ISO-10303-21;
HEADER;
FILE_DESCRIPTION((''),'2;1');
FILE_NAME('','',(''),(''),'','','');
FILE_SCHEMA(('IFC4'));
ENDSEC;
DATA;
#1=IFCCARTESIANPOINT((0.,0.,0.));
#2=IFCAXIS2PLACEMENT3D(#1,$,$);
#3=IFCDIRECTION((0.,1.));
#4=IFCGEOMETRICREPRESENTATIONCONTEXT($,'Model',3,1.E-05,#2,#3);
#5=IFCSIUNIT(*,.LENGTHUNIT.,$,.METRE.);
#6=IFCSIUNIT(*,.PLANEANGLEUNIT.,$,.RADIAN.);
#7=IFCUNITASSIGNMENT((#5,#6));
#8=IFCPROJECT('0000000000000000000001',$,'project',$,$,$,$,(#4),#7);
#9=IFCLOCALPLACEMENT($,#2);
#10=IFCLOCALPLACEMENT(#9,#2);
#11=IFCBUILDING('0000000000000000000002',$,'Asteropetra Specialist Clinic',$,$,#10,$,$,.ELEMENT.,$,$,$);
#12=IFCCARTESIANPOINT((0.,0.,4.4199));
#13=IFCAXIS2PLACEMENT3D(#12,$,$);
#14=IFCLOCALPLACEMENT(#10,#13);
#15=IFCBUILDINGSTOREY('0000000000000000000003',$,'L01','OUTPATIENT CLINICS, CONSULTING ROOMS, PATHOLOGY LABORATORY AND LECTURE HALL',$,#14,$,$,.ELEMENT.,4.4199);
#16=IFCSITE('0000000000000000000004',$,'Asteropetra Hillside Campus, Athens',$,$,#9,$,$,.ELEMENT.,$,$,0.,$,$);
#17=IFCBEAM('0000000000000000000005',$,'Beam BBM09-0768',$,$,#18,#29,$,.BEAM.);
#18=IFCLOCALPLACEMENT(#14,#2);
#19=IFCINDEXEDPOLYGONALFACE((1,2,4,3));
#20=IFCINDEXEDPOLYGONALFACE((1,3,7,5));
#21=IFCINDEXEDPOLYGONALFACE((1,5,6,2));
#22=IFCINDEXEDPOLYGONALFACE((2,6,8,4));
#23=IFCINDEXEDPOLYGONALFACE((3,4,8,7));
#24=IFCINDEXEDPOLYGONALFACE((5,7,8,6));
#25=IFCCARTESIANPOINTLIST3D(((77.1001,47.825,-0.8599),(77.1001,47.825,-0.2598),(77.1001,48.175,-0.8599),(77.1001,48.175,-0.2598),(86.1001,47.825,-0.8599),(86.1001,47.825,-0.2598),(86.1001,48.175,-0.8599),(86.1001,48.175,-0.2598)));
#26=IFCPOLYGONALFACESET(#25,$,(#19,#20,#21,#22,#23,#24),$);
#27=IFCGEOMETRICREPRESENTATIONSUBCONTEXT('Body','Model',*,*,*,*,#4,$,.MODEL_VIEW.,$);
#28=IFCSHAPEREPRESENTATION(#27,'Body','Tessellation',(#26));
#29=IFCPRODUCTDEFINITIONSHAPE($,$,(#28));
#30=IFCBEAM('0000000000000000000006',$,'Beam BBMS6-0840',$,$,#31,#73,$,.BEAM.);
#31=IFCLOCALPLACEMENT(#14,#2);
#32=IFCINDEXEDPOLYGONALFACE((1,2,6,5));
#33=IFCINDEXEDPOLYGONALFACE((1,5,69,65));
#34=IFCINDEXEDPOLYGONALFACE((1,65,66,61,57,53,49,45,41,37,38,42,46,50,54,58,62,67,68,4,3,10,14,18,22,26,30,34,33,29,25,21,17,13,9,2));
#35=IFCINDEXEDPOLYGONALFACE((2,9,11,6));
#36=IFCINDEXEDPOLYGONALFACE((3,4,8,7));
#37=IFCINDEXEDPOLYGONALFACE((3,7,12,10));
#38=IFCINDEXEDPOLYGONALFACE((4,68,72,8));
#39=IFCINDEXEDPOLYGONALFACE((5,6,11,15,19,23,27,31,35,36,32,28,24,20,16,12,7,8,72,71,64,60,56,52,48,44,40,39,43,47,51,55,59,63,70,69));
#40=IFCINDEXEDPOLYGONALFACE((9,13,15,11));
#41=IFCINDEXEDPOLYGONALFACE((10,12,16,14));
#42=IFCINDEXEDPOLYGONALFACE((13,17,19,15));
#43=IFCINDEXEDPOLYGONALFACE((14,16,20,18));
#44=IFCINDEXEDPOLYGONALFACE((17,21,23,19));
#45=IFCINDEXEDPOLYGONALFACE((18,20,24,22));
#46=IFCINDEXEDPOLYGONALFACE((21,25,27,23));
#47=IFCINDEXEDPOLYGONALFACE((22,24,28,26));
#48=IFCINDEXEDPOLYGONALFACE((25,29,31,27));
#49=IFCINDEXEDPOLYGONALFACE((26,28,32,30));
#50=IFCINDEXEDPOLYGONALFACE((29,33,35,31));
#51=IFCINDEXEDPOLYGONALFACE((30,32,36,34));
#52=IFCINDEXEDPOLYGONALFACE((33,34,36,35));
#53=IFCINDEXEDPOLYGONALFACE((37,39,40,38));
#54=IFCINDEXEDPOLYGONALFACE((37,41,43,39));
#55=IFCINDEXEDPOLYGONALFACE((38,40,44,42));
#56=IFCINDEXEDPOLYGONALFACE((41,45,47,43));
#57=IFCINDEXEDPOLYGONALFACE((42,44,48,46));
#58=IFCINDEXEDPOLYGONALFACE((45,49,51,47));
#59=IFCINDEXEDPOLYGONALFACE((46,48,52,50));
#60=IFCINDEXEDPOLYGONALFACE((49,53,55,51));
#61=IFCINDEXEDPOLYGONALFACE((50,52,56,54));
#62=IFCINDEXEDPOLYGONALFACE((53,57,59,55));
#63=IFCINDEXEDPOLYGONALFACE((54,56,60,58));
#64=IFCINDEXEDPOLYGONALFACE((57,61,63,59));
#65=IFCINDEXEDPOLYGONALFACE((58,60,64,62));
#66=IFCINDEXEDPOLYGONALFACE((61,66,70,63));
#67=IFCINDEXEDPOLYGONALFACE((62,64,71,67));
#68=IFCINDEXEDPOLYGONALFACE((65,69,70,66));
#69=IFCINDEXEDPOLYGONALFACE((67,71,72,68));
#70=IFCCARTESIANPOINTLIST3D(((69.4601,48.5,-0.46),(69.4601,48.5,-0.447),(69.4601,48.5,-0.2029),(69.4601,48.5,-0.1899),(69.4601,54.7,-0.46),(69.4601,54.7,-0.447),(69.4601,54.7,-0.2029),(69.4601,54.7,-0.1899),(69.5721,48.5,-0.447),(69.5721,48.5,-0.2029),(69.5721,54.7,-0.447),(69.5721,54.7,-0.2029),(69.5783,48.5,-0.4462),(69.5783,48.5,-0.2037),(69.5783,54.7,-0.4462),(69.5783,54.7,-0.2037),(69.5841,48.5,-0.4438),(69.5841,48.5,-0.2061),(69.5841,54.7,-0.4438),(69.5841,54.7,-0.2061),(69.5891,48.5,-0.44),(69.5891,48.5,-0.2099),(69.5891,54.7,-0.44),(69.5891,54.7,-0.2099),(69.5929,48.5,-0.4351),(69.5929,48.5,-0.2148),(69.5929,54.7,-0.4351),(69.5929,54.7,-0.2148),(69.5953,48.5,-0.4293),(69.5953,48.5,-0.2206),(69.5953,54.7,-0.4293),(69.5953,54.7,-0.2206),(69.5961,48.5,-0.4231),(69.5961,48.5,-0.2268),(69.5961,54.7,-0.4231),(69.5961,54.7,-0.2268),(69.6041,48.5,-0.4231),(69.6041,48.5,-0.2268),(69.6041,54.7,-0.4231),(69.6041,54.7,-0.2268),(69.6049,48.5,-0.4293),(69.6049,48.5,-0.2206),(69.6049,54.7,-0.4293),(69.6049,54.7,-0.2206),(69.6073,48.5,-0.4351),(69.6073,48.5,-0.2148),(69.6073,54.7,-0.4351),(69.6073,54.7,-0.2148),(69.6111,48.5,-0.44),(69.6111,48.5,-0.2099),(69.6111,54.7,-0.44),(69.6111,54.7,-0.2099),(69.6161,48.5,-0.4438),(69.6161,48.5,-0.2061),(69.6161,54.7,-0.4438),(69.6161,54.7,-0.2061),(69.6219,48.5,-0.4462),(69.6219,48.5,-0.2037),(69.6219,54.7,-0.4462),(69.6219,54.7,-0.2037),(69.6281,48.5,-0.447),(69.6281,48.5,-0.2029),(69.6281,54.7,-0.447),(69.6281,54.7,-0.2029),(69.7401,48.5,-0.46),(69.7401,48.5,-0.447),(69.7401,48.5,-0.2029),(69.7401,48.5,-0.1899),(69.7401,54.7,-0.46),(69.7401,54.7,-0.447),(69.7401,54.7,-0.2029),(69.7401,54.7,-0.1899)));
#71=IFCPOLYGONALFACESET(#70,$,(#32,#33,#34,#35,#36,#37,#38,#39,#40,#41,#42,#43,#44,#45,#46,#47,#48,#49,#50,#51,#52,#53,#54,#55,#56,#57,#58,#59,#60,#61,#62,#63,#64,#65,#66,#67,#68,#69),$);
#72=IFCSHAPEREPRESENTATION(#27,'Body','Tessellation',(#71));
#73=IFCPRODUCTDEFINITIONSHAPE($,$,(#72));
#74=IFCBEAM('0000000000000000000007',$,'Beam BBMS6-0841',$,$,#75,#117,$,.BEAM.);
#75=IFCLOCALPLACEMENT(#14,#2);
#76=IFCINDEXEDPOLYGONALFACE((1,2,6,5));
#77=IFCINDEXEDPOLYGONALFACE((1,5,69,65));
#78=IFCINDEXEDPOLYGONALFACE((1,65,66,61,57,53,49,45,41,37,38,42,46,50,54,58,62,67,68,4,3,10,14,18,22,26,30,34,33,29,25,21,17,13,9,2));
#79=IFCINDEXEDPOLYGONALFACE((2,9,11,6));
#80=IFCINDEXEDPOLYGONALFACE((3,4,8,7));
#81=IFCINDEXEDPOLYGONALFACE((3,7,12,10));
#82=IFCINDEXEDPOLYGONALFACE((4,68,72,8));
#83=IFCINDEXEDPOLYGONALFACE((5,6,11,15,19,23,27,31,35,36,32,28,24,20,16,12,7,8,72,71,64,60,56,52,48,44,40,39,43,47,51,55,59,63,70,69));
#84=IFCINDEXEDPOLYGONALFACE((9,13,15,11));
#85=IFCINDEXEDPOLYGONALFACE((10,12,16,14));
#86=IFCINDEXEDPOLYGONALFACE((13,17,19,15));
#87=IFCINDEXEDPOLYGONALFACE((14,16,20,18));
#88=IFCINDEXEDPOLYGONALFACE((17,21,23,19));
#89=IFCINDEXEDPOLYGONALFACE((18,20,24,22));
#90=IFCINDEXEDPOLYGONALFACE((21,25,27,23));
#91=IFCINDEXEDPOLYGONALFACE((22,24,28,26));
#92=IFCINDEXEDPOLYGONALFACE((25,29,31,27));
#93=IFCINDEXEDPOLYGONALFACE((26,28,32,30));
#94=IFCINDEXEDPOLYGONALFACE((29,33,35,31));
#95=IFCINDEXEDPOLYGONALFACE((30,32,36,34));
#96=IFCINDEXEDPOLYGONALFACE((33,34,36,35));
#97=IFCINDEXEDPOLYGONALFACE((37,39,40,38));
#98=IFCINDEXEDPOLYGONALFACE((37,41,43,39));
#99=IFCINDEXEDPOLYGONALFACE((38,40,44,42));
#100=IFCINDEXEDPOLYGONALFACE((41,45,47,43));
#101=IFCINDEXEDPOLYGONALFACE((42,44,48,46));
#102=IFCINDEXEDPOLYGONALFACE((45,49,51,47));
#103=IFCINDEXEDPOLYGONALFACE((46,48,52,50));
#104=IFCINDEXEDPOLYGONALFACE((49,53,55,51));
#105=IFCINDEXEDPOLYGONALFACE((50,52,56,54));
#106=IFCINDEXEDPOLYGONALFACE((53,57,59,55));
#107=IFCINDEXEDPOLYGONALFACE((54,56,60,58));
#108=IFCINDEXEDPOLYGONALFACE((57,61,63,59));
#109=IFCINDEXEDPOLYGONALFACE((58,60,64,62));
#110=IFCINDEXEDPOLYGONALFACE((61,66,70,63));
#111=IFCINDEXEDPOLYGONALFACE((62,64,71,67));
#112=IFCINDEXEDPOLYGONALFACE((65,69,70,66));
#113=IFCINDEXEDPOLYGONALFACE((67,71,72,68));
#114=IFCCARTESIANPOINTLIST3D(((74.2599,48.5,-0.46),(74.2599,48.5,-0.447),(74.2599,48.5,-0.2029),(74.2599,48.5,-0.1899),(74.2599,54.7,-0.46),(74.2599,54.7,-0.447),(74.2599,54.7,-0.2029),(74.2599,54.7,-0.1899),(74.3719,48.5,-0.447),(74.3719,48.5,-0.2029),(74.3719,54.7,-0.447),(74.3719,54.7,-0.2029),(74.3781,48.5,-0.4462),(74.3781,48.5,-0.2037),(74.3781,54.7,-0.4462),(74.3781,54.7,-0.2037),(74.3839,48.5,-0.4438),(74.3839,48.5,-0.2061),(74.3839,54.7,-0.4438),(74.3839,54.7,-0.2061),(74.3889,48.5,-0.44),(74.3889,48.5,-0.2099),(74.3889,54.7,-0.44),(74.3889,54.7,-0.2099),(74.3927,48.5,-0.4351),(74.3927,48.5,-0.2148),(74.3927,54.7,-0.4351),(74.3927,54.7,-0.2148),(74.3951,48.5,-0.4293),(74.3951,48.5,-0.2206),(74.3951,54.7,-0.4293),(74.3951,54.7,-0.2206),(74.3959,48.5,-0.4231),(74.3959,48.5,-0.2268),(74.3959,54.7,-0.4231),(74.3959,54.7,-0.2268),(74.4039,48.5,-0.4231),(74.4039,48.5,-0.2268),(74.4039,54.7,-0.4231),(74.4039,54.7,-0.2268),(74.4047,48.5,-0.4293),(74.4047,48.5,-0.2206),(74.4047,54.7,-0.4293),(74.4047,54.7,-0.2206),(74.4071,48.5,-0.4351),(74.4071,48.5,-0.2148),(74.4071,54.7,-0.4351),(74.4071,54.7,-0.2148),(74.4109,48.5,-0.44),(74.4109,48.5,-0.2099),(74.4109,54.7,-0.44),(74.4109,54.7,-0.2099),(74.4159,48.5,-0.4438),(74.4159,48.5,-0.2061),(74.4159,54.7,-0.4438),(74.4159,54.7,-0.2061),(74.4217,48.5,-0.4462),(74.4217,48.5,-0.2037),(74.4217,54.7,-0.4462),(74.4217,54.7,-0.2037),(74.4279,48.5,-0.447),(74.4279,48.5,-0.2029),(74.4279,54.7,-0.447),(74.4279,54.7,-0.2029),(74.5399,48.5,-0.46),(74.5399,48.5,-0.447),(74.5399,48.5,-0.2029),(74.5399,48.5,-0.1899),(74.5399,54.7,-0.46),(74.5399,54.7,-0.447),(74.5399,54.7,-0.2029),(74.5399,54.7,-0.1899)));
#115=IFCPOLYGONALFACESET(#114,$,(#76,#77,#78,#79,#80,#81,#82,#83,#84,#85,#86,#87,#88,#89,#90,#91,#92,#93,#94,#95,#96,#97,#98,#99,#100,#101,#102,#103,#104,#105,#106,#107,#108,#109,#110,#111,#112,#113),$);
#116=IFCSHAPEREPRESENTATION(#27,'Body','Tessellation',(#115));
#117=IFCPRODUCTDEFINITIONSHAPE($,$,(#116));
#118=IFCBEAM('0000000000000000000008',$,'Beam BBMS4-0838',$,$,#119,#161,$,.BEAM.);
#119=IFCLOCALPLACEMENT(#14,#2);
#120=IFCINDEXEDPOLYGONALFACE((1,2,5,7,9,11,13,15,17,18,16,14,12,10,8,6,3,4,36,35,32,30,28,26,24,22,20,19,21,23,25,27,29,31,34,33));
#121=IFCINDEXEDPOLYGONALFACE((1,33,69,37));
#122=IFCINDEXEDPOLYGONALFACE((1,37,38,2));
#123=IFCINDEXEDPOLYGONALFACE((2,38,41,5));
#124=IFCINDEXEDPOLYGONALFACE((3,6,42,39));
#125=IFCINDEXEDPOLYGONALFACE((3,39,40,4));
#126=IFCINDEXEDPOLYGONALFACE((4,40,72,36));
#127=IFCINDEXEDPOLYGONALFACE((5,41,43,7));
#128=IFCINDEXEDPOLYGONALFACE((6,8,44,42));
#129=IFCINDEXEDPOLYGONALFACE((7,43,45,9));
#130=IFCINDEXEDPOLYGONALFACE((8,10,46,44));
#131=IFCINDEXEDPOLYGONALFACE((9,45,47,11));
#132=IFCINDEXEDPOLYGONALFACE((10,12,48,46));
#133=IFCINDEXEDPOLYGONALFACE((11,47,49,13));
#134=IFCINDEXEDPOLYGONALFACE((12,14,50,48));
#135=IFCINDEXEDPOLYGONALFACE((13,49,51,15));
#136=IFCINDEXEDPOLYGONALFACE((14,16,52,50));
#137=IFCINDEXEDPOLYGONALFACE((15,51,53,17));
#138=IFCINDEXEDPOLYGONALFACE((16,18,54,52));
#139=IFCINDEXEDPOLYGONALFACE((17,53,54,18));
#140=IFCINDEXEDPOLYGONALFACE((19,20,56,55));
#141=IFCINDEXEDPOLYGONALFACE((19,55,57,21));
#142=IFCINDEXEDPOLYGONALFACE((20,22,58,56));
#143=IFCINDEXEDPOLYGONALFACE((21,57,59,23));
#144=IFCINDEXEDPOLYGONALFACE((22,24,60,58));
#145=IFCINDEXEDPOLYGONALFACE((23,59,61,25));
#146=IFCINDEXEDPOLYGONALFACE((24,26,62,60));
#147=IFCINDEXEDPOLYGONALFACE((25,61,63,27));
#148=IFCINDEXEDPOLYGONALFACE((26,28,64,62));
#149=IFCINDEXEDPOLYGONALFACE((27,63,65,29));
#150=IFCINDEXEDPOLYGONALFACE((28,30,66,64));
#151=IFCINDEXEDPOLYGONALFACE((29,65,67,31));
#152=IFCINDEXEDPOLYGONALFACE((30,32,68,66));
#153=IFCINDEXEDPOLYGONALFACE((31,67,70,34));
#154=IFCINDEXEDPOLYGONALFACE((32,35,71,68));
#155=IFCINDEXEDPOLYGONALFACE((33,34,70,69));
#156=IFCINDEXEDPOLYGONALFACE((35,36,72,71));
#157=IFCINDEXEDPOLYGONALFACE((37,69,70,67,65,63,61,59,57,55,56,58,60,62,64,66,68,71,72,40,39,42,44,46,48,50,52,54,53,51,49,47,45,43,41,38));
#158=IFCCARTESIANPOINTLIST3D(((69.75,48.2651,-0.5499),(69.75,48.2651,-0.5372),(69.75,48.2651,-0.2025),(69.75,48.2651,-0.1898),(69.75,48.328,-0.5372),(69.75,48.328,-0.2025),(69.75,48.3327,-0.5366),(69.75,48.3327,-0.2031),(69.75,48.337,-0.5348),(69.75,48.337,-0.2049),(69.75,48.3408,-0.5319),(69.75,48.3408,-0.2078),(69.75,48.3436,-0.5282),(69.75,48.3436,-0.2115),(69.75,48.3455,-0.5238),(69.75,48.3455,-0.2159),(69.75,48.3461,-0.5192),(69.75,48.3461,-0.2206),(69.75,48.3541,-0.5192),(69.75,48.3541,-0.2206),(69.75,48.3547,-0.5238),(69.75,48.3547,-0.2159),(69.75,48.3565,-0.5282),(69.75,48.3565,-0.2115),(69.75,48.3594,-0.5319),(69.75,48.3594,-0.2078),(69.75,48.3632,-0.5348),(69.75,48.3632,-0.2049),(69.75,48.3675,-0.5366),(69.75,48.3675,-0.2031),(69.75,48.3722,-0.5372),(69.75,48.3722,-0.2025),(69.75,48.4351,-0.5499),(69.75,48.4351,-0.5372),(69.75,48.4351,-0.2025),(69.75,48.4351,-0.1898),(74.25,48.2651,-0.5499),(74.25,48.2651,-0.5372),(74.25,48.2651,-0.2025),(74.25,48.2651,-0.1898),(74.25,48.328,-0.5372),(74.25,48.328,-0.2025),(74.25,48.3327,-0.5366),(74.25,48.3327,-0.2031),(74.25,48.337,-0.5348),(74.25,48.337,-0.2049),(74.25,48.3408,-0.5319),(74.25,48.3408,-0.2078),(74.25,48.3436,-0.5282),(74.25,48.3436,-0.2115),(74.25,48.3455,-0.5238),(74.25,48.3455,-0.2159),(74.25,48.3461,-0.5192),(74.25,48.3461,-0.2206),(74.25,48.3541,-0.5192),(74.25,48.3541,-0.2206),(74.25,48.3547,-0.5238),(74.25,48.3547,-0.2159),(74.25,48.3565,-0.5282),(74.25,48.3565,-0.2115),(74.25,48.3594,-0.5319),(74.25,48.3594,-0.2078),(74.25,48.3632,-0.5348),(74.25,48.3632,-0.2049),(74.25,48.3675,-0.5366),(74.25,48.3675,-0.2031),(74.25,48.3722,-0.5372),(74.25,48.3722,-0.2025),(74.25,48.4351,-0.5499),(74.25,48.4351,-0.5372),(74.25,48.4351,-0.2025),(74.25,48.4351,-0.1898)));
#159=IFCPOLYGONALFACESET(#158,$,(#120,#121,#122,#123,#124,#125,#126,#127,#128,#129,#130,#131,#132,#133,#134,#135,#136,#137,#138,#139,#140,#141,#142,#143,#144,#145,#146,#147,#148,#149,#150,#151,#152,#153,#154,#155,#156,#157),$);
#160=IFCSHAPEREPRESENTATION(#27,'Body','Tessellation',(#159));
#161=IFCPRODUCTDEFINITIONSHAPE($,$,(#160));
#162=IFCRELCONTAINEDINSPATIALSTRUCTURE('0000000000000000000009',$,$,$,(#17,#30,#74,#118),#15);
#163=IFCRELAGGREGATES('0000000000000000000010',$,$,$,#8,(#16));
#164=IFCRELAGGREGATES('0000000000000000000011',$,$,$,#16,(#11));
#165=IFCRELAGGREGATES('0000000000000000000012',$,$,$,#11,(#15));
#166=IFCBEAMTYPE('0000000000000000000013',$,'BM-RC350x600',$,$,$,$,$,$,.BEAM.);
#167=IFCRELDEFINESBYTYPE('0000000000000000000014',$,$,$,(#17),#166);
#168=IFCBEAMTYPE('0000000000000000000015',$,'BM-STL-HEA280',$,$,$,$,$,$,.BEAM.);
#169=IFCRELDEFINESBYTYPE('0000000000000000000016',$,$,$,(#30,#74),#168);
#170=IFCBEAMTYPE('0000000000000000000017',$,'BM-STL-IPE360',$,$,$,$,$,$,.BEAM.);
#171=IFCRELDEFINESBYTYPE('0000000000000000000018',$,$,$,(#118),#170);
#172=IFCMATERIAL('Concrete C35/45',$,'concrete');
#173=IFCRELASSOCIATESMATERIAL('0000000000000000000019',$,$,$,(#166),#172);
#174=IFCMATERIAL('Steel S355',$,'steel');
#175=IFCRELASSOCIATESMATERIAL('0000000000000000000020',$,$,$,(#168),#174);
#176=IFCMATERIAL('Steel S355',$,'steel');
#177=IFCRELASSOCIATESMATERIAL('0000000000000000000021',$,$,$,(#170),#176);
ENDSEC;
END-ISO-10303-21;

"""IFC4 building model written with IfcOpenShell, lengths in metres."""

from ifc_helpers import new_model, si_unit, direction, frame, origin, origin_2d, place, context, subcontext, project, spatial, rectangle, i_section, extrude, material, material_profile, profile_set, type_object, element, save


model = new_model("IFC4")

# Units and contexts
model_context = context("Model", 3, precision=1e-05, world=origin(), true_north=direction((0.0, 1.0)))
body_context = subcontext(model_context, "Body", "Model", "MODEL_VIEW")
ifc_project = project(units=[si_unit("LENGTHUNIT", "METRE"), si_unit("PLANEANGLEUNIT", "RADIAN")], contexts=[model_context])

# Site, building, storey
site_placement = place(None, origin())
site = spatial("IfcSite", under=ifc_project, at=site_placement, Name="Asteropetra Hillside Campus, Athens", CompositionType="ELEMENT", RefElevation=0.0)
building_placement = place(site_placement, origin())
building = spatial("IfcBuilding", under=site, at=building_placement, Name="Asteropetra Specialist Clinic", CompositionType="ELEMENT")
storey_placement = place(building_placement, frame((0.0, 0.0, 4.4199)))
storey = spatial("IfcBuildingStorey", under=building, at=storey_placement, Name="L01", Description="OUTPATIENT CLINICS, CONSULTING ROOMS, PATHOLOGY LABORATORY AND LECTURE HALL", CompositionType="ELEMENT", Elevation=4.4199)

# Beams
ifc_material_1 = material(Name="Concrete C35/45", Category="concrete")
ifc_material_profile_1 = material_profile(ifc_material_1, rectangle(XDim=0.3501, YDim=0.6001, at=origin_2d()), Name="RCB 350x600")
ifc_profile_set_1 = profile_set([ifc_material_profile_1], Name="Concrete C35/45")
beam_type_1 = type_object("IfcBeamType", Name="BM-RC350x600", PredefinedType="BEAM", material=ifc_profile_set_1)
beam_1_placement = place(storey_placement, frame((77.1001, 48.0, -0.5598), z_axis=(1.0, 0.0, 0.0), x_axis=(0.0, 1.0, 0.0)))
element("IfcBeam", 1, at=beam_1_placement, inside=storey, type_object=beam_type_1, Name="Beam BBM09-0768", PredefinedType="BEAM", context=body_context, shape_type="SweptSolid", body=[
    extrude(rectangle(XDim=0.3501, YDim=0.6001, at=origin_2d()), origin(), (0.0, 0.0, 1.0), 9.0),
])
ifc_material_2 = material(Name="Steel S355", Category="steel")
ifc_material_profile_2 = material_profile(ifc_material_2, i_section(OverallWidth=0.28, OverallDepth=0.27, WebThickness=0.0081, FlangeThickness=0.0129, FilletRadius=0.0239, at=origin_2d()), Name="HEA 280")
ifc_profile_set_2 = profile_set([ifc_material_profile_2], Name="Steel S355")
beam_type_2 = type_object("IfcBeamType", Name="BM-STL-HEA280", PredefinedType="BEAM", material=ifc_profile_set_2)
for number, where, z_axis, x_axis, name in (
    (2, (69.6001, 48.5, -0.325), (0.0, 1.0, 0.0), (-1.0, 0.0, 0.0), "Beam BBMS6-0840"),
    (3, (74.3999, 48.5, -0.325), (0.0, 1.0, 0.0), (-1.0, 0.0, 0.0), "Beam BBMS6-0841"),
):
    element("IfcBeam", number, at=place(storey_placement, frame(where, z_axis=z_axis, x_axis=x_axis)), inside=storey, type_object=beam_type_2, Name=name, PredefinedType="BEAM", context=body_context, shape_type="SweptSolid", body=[
        extrude(i_section(OverallWidth=0.28, OverallDepth=0.27, WebThickness=0.0081, FlangeThickness=0.0129, FilletRadius=0.0239, at=origin_2d()), origin(), (0.0, 0.0, 1.0), 6.2),
    ])
ifc_material_3 = material(Name="Steel S355", Category="steel")
ifc_material_profile_3 = material_profile(ifc_material_3, i_section(OverallWidth=0.1699, OverallDepth=0.3601, WebThickness=0.0081, FlangeThickness=0.0127, FilletRadius=0.0181, at=origin_2d()), Name="IPE 360")
ifc_profile_set_3 = profile_set([ifc_material_profile_3], Name="Steel S355")
beam_type_3 = type_object("IfcBeamType", Name="BM-STL-IPE360", PredefinedType="BEAM", material=ifc_profile_set_3)
beam_2_placement = place(storey_placement, frame((69.75, 48.3501, -0.3699), z_axis=(1.0, 0.0, 0.0), x_axis=(0.0, 1.0, 0.0)))
element("IfcBeam", 4, at=beam_2_placement, inside=storey, type_object=beam_type_3, Name="Beam BBMS4-0838", PredefinedType="BEAM", context=body_context, shape_type="SweptSolid", body=[
    extrude(i_section(OverallWidth=0.1699, OverallDepth=0.3601, WebThickness=0.0081, FlangeThickness=0.0127, FilletRadius=0.0181, at=origin_2d()), origin(), (0.0, 0.0, 1.0), 4.5),
])

save(model, "model.ifc")
